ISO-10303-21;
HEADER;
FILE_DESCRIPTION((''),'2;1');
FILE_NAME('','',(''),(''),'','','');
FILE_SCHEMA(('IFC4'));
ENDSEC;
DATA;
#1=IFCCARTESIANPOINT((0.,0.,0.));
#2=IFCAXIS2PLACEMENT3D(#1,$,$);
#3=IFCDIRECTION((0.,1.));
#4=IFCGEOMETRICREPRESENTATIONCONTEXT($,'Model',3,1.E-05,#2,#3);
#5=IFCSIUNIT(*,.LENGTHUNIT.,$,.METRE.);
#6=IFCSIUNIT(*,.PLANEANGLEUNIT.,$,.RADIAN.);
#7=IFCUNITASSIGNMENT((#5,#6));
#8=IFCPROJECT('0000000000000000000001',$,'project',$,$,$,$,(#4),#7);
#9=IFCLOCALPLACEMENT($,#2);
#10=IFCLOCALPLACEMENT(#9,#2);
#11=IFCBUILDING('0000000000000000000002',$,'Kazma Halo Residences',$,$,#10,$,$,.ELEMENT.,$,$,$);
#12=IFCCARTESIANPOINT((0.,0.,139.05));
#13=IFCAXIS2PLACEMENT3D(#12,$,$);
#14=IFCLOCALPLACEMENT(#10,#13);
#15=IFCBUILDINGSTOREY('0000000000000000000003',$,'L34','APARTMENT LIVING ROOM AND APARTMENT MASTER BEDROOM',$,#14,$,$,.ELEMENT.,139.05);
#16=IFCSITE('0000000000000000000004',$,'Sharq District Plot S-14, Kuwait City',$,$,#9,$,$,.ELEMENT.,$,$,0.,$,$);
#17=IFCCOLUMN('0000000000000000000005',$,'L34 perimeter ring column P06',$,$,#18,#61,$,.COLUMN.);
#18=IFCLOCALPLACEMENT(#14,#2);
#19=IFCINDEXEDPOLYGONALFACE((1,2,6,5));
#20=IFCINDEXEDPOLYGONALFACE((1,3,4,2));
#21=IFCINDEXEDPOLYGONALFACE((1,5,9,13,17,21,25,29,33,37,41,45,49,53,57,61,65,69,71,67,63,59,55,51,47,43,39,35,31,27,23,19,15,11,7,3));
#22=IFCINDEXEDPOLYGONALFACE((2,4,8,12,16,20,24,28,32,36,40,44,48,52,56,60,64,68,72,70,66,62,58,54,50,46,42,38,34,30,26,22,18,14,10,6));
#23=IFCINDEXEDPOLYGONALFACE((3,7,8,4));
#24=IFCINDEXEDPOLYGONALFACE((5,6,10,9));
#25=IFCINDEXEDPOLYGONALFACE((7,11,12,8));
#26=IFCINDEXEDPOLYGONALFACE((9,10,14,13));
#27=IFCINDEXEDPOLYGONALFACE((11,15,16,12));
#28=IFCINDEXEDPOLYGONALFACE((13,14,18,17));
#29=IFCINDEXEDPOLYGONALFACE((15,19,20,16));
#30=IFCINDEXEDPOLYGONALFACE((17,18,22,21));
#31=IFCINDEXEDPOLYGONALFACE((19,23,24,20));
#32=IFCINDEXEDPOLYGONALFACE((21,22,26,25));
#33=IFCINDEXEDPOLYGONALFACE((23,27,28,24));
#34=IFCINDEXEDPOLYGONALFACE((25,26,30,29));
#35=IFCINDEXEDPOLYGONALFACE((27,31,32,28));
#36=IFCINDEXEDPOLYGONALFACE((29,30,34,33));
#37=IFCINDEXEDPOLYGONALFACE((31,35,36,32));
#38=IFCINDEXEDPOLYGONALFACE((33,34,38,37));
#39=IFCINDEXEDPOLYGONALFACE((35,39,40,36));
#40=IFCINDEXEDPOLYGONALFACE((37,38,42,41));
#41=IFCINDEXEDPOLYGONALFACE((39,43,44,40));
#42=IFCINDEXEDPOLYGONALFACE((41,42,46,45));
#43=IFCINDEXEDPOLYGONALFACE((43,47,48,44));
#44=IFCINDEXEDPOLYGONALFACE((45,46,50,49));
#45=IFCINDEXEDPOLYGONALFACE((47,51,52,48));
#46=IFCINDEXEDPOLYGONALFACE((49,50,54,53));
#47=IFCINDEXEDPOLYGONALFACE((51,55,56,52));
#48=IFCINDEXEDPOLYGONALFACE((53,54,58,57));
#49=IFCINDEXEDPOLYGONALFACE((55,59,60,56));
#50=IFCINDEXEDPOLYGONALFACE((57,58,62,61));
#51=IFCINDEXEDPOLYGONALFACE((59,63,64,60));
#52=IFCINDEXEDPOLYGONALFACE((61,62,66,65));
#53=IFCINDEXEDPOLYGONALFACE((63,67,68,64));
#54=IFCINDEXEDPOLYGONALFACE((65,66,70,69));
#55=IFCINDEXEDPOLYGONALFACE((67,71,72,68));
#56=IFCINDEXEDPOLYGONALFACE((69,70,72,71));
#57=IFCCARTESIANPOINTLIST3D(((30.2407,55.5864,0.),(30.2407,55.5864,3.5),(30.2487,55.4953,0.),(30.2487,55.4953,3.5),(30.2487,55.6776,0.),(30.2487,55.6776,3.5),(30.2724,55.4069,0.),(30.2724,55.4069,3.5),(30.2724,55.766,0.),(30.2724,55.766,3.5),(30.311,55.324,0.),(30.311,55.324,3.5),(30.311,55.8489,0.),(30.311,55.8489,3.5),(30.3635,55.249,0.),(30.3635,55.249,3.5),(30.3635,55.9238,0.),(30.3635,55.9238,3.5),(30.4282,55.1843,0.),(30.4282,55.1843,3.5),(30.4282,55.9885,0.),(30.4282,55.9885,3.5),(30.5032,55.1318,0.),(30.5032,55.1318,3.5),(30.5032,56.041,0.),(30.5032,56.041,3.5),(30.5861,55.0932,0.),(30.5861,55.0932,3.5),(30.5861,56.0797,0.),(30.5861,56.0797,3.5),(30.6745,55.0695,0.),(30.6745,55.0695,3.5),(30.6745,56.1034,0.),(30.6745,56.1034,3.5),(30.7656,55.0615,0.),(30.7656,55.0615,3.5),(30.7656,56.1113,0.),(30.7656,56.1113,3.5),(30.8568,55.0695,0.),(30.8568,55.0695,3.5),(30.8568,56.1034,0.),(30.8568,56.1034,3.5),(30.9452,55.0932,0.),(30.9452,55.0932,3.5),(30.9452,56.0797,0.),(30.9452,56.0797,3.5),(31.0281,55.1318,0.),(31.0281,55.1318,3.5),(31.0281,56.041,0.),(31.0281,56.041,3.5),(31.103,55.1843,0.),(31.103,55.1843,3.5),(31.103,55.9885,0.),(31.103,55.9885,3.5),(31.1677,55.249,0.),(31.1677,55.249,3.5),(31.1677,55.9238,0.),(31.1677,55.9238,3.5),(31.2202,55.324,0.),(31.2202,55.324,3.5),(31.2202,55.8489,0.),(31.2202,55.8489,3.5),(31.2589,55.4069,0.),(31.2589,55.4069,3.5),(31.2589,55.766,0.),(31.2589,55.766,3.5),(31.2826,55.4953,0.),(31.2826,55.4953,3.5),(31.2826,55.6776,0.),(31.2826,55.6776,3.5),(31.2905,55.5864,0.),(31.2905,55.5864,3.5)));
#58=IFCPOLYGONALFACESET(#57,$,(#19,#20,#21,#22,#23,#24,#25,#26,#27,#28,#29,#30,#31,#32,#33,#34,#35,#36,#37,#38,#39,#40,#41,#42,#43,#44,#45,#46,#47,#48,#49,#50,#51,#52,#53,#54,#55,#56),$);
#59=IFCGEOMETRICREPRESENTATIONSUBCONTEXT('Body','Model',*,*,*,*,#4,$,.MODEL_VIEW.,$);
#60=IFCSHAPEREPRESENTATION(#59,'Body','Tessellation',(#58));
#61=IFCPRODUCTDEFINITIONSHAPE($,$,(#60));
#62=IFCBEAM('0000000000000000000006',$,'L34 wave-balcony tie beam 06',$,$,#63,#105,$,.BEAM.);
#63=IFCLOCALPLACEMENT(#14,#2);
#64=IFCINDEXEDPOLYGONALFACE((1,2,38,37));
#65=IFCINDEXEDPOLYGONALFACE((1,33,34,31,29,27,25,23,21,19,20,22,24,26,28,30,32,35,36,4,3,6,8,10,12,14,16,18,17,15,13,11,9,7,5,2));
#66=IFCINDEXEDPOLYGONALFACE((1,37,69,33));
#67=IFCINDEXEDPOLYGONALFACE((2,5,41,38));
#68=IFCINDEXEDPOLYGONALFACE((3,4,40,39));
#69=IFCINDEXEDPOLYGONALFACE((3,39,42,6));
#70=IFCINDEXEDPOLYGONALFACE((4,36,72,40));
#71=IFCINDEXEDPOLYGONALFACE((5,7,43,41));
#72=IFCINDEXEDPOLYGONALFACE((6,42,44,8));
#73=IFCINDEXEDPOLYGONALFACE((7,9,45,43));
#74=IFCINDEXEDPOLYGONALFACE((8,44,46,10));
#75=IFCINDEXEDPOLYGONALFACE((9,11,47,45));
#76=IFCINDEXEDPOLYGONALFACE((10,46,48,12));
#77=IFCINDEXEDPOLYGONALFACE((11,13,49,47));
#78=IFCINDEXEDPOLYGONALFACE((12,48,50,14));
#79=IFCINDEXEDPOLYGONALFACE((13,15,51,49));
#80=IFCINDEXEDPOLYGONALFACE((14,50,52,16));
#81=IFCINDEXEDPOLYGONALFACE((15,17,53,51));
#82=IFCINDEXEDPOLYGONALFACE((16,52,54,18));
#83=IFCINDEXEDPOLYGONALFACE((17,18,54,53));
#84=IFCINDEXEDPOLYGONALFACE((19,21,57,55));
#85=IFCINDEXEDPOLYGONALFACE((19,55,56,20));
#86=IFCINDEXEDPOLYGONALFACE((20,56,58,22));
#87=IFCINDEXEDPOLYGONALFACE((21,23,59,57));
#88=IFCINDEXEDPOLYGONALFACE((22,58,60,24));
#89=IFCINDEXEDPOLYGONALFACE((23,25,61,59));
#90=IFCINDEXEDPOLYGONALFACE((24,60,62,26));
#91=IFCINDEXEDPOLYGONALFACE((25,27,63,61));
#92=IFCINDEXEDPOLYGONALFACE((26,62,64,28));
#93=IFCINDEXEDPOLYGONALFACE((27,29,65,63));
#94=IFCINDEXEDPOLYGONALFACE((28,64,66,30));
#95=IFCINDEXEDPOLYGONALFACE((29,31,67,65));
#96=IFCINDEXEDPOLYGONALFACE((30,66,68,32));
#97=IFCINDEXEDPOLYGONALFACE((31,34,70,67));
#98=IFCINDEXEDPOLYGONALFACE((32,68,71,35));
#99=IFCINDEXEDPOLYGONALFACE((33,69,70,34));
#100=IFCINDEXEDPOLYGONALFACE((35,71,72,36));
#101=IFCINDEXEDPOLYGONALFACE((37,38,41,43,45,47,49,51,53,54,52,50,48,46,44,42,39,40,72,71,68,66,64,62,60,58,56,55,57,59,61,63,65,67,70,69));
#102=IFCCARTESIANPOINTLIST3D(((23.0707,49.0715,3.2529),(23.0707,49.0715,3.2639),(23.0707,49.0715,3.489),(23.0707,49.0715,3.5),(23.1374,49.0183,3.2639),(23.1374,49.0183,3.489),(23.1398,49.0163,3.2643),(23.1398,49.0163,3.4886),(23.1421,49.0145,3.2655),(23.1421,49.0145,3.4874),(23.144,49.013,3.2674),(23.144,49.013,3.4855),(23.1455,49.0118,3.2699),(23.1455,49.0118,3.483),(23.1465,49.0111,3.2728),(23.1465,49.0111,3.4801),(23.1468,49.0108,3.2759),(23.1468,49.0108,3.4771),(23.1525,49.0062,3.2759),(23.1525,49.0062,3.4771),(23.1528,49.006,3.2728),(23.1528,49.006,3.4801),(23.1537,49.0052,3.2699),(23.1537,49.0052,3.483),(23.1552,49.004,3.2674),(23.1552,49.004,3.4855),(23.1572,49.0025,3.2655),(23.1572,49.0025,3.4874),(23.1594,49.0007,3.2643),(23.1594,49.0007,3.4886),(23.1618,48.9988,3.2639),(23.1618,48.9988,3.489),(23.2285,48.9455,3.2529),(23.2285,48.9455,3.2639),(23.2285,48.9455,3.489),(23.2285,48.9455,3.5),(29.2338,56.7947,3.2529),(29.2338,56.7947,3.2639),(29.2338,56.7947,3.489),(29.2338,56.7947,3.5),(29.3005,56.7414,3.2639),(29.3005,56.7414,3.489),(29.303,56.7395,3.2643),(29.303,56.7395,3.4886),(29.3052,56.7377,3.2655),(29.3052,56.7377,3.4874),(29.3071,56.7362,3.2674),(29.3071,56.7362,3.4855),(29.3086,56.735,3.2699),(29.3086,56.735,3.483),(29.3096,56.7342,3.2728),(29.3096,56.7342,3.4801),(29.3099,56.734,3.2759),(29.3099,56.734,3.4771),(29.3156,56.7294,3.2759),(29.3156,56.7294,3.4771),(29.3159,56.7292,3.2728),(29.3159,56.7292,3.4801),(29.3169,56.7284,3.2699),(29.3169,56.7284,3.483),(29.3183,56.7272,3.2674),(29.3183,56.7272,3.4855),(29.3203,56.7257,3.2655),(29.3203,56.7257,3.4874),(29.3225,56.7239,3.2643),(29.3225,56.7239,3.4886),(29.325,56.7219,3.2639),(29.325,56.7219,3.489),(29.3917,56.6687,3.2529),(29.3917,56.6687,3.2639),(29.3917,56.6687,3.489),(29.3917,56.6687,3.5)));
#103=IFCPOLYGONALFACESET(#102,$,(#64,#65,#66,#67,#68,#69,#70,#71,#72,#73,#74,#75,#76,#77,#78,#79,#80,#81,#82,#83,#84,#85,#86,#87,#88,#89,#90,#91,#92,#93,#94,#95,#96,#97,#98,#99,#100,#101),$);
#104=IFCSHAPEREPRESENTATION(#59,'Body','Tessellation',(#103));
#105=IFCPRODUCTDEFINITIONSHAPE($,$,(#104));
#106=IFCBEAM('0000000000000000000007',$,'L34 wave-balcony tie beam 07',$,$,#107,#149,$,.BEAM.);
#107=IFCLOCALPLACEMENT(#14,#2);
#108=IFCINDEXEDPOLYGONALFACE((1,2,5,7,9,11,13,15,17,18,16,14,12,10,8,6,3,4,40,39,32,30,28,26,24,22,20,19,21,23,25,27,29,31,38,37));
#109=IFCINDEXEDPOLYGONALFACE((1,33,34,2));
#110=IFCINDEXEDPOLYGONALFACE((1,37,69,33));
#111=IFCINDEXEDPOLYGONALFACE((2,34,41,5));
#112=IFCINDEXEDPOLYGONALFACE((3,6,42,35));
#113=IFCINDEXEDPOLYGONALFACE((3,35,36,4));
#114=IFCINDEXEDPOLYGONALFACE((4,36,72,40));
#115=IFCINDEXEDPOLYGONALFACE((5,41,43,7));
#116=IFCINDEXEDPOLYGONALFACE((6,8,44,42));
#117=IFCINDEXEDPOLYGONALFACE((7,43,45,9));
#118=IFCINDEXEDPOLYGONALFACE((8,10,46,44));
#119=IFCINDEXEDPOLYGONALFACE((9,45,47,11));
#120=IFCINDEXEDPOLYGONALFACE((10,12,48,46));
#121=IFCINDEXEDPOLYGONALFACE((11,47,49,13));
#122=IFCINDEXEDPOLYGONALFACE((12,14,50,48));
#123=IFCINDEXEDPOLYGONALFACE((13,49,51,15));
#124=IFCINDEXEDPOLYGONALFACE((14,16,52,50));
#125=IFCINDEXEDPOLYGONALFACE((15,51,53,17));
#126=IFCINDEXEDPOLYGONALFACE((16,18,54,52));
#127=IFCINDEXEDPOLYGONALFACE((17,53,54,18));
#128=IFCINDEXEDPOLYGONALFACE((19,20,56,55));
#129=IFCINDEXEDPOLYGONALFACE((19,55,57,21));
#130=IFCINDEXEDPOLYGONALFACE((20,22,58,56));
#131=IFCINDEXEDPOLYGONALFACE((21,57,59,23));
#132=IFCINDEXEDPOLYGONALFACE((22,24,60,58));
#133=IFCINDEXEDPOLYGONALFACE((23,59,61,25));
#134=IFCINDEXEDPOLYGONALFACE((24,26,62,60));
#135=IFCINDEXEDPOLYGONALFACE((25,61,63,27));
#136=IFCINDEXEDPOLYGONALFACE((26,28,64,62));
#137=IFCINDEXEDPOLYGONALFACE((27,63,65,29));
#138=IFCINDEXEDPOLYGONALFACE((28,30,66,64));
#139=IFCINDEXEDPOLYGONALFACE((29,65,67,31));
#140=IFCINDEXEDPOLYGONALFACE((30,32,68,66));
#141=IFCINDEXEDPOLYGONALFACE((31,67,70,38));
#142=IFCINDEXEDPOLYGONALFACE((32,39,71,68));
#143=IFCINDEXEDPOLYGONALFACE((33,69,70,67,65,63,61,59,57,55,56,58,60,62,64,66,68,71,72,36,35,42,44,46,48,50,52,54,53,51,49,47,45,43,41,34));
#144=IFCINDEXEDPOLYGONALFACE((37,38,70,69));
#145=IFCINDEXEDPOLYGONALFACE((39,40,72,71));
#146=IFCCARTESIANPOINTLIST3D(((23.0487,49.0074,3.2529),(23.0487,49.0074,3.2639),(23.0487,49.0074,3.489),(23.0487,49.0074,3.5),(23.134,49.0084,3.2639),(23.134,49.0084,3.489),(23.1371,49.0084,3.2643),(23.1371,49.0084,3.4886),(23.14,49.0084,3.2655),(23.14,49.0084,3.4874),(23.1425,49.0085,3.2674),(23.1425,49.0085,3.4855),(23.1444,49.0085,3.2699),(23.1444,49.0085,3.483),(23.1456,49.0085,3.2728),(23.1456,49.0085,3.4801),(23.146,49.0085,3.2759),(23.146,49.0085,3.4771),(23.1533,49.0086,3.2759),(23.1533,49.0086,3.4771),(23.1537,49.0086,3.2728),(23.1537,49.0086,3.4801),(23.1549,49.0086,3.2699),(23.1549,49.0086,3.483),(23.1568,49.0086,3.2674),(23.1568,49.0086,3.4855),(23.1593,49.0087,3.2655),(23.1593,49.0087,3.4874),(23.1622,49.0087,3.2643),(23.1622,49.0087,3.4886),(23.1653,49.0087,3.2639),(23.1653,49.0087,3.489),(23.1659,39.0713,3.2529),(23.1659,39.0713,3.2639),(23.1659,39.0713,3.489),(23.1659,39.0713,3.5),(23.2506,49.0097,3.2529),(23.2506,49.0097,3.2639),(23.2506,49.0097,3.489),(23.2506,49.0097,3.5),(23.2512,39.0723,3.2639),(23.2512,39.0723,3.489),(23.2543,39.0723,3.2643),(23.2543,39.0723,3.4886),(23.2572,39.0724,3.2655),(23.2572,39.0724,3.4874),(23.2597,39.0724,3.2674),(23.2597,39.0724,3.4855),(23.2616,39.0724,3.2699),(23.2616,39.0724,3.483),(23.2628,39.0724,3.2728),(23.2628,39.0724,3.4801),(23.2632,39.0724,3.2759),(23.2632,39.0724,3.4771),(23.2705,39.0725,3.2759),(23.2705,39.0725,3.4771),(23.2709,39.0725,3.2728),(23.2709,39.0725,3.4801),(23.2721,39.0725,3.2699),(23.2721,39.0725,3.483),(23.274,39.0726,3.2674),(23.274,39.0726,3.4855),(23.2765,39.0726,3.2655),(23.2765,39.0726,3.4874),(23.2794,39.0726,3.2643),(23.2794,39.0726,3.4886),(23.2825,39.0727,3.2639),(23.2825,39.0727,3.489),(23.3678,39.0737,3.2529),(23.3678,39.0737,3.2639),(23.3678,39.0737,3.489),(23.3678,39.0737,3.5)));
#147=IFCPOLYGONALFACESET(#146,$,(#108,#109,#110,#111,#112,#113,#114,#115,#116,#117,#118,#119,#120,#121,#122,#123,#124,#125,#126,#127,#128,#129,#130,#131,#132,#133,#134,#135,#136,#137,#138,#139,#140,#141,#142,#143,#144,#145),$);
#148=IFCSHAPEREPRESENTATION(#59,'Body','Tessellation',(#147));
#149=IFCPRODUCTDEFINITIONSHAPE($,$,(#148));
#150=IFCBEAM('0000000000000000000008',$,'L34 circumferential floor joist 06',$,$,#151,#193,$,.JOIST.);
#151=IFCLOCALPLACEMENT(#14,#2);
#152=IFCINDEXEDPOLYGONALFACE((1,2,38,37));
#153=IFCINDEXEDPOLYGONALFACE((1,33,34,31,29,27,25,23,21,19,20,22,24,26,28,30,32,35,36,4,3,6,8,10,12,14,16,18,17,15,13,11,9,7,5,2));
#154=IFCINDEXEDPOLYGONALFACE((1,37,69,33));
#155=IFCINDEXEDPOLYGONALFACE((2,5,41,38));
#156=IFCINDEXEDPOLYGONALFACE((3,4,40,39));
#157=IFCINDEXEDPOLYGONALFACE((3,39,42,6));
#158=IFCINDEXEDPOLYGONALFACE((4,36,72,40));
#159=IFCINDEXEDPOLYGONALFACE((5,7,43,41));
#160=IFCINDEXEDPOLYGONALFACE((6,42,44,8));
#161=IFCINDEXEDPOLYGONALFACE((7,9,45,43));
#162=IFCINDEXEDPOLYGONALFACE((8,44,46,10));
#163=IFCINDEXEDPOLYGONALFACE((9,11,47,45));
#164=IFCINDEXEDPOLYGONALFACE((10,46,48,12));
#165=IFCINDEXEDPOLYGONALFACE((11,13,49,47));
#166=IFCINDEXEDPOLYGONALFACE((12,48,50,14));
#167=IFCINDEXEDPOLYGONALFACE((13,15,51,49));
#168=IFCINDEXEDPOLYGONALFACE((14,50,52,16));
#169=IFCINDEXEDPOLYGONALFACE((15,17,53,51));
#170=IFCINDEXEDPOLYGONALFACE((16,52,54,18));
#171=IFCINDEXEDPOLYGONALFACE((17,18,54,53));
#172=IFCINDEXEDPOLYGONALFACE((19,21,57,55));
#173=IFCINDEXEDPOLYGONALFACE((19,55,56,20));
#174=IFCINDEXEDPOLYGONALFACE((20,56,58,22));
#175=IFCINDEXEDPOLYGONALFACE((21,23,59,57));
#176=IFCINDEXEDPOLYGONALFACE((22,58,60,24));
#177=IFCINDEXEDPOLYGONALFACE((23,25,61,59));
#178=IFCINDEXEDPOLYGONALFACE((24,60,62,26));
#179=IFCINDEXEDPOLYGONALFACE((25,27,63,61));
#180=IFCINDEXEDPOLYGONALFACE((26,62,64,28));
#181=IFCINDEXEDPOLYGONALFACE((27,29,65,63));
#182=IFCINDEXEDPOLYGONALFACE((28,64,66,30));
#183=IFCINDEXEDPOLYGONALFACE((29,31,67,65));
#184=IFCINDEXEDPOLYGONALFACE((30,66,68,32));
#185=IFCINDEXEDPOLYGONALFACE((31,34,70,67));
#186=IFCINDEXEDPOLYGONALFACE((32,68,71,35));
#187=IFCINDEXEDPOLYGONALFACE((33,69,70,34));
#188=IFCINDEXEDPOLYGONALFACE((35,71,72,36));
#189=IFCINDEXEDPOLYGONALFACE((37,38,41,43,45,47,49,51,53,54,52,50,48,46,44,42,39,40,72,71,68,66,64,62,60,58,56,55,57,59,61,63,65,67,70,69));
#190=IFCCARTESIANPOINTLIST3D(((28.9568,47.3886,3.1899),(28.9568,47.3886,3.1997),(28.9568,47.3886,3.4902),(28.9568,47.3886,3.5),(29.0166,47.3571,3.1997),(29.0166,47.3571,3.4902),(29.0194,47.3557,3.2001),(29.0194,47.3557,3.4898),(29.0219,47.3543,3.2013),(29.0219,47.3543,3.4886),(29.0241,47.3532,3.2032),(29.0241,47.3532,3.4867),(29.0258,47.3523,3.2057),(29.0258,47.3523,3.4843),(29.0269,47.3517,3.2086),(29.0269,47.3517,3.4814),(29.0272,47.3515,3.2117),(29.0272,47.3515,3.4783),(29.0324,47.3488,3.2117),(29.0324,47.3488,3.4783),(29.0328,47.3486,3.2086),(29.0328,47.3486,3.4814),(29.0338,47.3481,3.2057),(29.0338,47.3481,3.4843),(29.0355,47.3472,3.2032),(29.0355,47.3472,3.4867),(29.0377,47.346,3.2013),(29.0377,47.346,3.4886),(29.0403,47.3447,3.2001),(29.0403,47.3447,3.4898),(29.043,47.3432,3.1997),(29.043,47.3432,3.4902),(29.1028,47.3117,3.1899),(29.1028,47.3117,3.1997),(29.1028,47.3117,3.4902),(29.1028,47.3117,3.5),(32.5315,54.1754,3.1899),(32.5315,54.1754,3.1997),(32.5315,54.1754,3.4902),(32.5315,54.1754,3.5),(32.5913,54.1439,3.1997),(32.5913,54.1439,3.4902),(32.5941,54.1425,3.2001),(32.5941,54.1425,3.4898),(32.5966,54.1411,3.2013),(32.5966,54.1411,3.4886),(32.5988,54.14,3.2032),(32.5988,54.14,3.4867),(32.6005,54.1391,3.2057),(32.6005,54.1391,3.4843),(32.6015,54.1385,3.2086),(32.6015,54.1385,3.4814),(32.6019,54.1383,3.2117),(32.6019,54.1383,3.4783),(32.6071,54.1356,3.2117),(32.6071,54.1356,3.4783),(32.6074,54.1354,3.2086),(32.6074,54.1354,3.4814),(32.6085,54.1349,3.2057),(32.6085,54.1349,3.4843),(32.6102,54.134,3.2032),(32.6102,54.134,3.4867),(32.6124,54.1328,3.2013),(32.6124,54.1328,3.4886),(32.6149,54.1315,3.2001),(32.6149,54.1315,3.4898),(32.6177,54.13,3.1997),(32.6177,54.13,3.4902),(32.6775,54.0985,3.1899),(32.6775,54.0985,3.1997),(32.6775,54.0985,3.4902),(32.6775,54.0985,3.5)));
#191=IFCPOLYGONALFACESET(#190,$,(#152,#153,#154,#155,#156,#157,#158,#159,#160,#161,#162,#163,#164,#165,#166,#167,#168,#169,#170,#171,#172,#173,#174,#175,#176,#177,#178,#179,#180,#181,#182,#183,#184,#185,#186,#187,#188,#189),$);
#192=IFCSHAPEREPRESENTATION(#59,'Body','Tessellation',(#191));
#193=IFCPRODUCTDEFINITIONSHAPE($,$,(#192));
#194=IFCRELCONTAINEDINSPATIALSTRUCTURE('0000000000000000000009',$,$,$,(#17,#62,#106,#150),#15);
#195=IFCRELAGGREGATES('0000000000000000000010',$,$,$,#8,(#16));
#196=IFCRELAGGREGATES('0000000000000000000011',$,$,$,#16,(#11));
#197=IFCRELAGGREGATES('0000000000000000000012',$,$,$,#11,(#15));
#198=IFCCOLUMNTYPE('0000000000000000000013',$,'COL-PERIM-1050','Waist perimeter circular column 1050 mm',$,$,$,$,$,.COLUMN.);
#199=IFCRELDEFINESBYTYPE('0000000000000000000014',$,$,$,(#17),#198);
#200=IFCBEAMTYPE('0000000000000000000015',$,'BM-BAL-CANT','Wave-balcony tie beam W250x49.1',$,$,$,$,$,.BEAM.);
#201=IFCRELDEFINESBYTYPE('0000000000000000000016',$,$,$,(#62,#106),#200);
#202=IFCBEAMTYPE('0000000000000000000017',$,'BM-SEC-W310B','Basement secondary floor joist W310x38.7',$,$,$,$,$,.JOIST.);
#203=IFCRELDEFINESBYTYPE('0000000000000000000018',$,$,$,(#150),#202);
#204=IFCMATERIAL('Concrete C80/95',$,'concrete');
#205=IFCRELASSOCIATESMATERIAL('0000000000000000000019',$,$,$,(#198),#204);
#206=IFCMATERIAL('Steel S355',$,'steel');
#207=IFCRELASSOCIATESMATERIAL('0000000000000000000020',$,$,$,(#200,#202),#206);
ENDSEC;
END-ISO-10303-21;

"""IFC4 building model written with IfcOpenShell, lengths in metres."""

from ifc_helpers import new_model, si_unit, direction, frame, origin, origin_2d, place, context, subcontext, project, spatial, circle, i_section, extrude, material, material_profile, profile_set, type_object, element, save


model = new_model("IFC4")

# Units and contexts
model_context = context("Model", 3, precision=1e-05, world=origin(), true_north=direction((0.0, 1.0)))
body_context = subcontext(model_context, "Body", "Model", "MODEL_VIEW")
ifc_project = project(units=[si_unit("LENGTHUNIT", "METRE"), si_unit("PLANEANGLEUNIT", "RADIAN")], contexts=[model_context])

# Site, building, storey
site_placement = place(None, origin())
site = spatial("IfcSite", under=ifc_project, at=site_placement, Name="Sharq District Plot S-14, Kuwait City", CompositionType="ELEMENT", RefElevation=0.0)
building_placement = place(site_placement, origin())
building = spatial("IfcBuilding", under=site, at=building_placement, Name="Kazma Halo Residences", CompositionType="ELEMENT")
storey_placement = place(building_placement, frame((0.0, 0.0, 139.05)))
storey = spatial("IfcBuildingStorey", under=building, at=storey_placement, Name="L34", Description="APARTMENT LIVING ROOM AND APARTMENT MASTER BEDROOM", CompositionType="ELEMENT", Elevation=139.05)

# Column
ifc_material_1 = material(Name="Concrete C80/95", Category="concrete")
ifc_material_profile_1 = material_profile(ifc_material_1, circle(Radius=0.5249, at=origin_2d()), Name="CIRC1050")
ifc_profile_set_1 = profile_set([ifc_material_profile_1], Name="Concrete C80/95")
column_type = type_object("IfcColumnType", Name="COL-PERIM-1050", Description="Waist perimeter circular column 1050 mm", PredefinedType="COLUMN", material=ifc_profile_set_1)
column_placement = place(storey_placement, frame((30.7656, 55.5864, 0.0), z_axis=(0.0, 0.0, 1.0), x_axis=(1.0, 0.0, 0.0)))
element("IfcColumn", 1, at=column_placement, inside=storey, type_object=column_type, Name="L34 perimeter ring column P06", PredefinedType="COLUMN", context=body_context, shape_type="SweptSolid", body=[
    extrude(circle(Radius=0.5249, at=origin_2d()), origin(), (0.0, 0.0, 1.0), 3.5),
])

# Beams
ifc_material_2 = material(Name="Steel S355", Category="steel")
ifc_material_profile_2 = material_profile(ifc_material_2, i_section(OverallWidth=0.2019, OverallDepth=0.2471, WebThickness=0.0073, FlangeThickness=0.011, FilletRadius=0.012, at=origin_2d()), Name="W250x49.1")
ifc_profile_set_2 = profile_set([ifc_material_profile_2], Name="Steel S355")
beam_type_1 = type_object("IfcBeamType", Name="BM-BAL-CANT", Description="Wave-balcony tie beam W250x49.1", PredefinedType="BEAM", material=ifc_profile_set_2)
beam_1_placement = place(storey_placement, frame((29.3127, 56.7317, 3.3765), z_axis=(-0.623742, -0.78163, 0.0), x_axis=(0.78163, -0.623742, 0.0)))
element("IfcBeam", 2, at=beam_1_placement, inside=storey, type_object=beam_type_1, Name="L34 wave-balcony tie beam 06", PredefinedType="BEAM", context=body_context, shape_type="SweptSolid", body=[
    extrude(i_section(OverallWidth=0.2019, OverallDepth=0.2471, WebThickness=0.0073, FlangeThickness=0.011, FilletRadius=0.012, at=origin_2d()), origin(), (0.0, 0.0, 1.0), 9.8809),
])
beam_2_placement = place(storey_placement, frame((23.1497, 49.0085, 3.3765), z_axis=(0.011793, -0.99993, 0.0), x_axis=(0.99993, 0.011793, 0.0)))
element("IfcBeam", 3, at=beam_2_placement, inside=storey, type_object=beam_type_1, Name="L34 wave-balcony tie beam 07", PredefinedType="BEAM", context=body_context, shape_type="SweptSolid", body=[
    extrude(i_section(OverallWidth=0.2019, OverallDepth=0.2471, WebThickness=0.0073, FlangeThickness=0.011, FilletRadius=0.012, at=origin_2d()), origin(), (0.0, 0.0, 1.0), 9.9368),
])
ifc_material_profile_3 = material_profile(ifc_material_2, i_section(OverallWidth=0.165, OverallDepth=0.3101, WebThickness=0.0059, FlangeThickness=0.0098, FilletRadius=0.012, at=origin_2d()), Name="W310x38.7")
ifc_profile_set_3 = profile_set([ifc_material_profile_3], Name="Steel S355")
beam_type_2 = type_object("IfcBeamType", Name="BM-SEC-W310B", Description="Basement secondary floor joist W310x38.7", PredefinedType="JOIST", material=ifc_profile_set_3)
beam_3_placement = place(storey_placement, frame((32.6045, 54.137, 3.345), z_axis=(-0.466019, -0.884775, 0.0), x_axis=(0.884775, -0.466019, 0.0)))
element("IfcBeam", 4, at=beam_3_placement, inside=storey, type_object=beam_type_2, Name="L34 circumferential floor joist 06", PredefinedType="JOIST", context=body_context, shape_type="SweptSolid", body=[
    extrude(i_section(OverallWidth=0.165, OverallDepth=0.3101, WebThickness=0.0059, FlangeThickness=0.0098, FilletRadius=0.012, at=origin_2d()), origin(), (0.0, 0.0, 1.0), 7.6707),
])

save(model, "model.ifc")
